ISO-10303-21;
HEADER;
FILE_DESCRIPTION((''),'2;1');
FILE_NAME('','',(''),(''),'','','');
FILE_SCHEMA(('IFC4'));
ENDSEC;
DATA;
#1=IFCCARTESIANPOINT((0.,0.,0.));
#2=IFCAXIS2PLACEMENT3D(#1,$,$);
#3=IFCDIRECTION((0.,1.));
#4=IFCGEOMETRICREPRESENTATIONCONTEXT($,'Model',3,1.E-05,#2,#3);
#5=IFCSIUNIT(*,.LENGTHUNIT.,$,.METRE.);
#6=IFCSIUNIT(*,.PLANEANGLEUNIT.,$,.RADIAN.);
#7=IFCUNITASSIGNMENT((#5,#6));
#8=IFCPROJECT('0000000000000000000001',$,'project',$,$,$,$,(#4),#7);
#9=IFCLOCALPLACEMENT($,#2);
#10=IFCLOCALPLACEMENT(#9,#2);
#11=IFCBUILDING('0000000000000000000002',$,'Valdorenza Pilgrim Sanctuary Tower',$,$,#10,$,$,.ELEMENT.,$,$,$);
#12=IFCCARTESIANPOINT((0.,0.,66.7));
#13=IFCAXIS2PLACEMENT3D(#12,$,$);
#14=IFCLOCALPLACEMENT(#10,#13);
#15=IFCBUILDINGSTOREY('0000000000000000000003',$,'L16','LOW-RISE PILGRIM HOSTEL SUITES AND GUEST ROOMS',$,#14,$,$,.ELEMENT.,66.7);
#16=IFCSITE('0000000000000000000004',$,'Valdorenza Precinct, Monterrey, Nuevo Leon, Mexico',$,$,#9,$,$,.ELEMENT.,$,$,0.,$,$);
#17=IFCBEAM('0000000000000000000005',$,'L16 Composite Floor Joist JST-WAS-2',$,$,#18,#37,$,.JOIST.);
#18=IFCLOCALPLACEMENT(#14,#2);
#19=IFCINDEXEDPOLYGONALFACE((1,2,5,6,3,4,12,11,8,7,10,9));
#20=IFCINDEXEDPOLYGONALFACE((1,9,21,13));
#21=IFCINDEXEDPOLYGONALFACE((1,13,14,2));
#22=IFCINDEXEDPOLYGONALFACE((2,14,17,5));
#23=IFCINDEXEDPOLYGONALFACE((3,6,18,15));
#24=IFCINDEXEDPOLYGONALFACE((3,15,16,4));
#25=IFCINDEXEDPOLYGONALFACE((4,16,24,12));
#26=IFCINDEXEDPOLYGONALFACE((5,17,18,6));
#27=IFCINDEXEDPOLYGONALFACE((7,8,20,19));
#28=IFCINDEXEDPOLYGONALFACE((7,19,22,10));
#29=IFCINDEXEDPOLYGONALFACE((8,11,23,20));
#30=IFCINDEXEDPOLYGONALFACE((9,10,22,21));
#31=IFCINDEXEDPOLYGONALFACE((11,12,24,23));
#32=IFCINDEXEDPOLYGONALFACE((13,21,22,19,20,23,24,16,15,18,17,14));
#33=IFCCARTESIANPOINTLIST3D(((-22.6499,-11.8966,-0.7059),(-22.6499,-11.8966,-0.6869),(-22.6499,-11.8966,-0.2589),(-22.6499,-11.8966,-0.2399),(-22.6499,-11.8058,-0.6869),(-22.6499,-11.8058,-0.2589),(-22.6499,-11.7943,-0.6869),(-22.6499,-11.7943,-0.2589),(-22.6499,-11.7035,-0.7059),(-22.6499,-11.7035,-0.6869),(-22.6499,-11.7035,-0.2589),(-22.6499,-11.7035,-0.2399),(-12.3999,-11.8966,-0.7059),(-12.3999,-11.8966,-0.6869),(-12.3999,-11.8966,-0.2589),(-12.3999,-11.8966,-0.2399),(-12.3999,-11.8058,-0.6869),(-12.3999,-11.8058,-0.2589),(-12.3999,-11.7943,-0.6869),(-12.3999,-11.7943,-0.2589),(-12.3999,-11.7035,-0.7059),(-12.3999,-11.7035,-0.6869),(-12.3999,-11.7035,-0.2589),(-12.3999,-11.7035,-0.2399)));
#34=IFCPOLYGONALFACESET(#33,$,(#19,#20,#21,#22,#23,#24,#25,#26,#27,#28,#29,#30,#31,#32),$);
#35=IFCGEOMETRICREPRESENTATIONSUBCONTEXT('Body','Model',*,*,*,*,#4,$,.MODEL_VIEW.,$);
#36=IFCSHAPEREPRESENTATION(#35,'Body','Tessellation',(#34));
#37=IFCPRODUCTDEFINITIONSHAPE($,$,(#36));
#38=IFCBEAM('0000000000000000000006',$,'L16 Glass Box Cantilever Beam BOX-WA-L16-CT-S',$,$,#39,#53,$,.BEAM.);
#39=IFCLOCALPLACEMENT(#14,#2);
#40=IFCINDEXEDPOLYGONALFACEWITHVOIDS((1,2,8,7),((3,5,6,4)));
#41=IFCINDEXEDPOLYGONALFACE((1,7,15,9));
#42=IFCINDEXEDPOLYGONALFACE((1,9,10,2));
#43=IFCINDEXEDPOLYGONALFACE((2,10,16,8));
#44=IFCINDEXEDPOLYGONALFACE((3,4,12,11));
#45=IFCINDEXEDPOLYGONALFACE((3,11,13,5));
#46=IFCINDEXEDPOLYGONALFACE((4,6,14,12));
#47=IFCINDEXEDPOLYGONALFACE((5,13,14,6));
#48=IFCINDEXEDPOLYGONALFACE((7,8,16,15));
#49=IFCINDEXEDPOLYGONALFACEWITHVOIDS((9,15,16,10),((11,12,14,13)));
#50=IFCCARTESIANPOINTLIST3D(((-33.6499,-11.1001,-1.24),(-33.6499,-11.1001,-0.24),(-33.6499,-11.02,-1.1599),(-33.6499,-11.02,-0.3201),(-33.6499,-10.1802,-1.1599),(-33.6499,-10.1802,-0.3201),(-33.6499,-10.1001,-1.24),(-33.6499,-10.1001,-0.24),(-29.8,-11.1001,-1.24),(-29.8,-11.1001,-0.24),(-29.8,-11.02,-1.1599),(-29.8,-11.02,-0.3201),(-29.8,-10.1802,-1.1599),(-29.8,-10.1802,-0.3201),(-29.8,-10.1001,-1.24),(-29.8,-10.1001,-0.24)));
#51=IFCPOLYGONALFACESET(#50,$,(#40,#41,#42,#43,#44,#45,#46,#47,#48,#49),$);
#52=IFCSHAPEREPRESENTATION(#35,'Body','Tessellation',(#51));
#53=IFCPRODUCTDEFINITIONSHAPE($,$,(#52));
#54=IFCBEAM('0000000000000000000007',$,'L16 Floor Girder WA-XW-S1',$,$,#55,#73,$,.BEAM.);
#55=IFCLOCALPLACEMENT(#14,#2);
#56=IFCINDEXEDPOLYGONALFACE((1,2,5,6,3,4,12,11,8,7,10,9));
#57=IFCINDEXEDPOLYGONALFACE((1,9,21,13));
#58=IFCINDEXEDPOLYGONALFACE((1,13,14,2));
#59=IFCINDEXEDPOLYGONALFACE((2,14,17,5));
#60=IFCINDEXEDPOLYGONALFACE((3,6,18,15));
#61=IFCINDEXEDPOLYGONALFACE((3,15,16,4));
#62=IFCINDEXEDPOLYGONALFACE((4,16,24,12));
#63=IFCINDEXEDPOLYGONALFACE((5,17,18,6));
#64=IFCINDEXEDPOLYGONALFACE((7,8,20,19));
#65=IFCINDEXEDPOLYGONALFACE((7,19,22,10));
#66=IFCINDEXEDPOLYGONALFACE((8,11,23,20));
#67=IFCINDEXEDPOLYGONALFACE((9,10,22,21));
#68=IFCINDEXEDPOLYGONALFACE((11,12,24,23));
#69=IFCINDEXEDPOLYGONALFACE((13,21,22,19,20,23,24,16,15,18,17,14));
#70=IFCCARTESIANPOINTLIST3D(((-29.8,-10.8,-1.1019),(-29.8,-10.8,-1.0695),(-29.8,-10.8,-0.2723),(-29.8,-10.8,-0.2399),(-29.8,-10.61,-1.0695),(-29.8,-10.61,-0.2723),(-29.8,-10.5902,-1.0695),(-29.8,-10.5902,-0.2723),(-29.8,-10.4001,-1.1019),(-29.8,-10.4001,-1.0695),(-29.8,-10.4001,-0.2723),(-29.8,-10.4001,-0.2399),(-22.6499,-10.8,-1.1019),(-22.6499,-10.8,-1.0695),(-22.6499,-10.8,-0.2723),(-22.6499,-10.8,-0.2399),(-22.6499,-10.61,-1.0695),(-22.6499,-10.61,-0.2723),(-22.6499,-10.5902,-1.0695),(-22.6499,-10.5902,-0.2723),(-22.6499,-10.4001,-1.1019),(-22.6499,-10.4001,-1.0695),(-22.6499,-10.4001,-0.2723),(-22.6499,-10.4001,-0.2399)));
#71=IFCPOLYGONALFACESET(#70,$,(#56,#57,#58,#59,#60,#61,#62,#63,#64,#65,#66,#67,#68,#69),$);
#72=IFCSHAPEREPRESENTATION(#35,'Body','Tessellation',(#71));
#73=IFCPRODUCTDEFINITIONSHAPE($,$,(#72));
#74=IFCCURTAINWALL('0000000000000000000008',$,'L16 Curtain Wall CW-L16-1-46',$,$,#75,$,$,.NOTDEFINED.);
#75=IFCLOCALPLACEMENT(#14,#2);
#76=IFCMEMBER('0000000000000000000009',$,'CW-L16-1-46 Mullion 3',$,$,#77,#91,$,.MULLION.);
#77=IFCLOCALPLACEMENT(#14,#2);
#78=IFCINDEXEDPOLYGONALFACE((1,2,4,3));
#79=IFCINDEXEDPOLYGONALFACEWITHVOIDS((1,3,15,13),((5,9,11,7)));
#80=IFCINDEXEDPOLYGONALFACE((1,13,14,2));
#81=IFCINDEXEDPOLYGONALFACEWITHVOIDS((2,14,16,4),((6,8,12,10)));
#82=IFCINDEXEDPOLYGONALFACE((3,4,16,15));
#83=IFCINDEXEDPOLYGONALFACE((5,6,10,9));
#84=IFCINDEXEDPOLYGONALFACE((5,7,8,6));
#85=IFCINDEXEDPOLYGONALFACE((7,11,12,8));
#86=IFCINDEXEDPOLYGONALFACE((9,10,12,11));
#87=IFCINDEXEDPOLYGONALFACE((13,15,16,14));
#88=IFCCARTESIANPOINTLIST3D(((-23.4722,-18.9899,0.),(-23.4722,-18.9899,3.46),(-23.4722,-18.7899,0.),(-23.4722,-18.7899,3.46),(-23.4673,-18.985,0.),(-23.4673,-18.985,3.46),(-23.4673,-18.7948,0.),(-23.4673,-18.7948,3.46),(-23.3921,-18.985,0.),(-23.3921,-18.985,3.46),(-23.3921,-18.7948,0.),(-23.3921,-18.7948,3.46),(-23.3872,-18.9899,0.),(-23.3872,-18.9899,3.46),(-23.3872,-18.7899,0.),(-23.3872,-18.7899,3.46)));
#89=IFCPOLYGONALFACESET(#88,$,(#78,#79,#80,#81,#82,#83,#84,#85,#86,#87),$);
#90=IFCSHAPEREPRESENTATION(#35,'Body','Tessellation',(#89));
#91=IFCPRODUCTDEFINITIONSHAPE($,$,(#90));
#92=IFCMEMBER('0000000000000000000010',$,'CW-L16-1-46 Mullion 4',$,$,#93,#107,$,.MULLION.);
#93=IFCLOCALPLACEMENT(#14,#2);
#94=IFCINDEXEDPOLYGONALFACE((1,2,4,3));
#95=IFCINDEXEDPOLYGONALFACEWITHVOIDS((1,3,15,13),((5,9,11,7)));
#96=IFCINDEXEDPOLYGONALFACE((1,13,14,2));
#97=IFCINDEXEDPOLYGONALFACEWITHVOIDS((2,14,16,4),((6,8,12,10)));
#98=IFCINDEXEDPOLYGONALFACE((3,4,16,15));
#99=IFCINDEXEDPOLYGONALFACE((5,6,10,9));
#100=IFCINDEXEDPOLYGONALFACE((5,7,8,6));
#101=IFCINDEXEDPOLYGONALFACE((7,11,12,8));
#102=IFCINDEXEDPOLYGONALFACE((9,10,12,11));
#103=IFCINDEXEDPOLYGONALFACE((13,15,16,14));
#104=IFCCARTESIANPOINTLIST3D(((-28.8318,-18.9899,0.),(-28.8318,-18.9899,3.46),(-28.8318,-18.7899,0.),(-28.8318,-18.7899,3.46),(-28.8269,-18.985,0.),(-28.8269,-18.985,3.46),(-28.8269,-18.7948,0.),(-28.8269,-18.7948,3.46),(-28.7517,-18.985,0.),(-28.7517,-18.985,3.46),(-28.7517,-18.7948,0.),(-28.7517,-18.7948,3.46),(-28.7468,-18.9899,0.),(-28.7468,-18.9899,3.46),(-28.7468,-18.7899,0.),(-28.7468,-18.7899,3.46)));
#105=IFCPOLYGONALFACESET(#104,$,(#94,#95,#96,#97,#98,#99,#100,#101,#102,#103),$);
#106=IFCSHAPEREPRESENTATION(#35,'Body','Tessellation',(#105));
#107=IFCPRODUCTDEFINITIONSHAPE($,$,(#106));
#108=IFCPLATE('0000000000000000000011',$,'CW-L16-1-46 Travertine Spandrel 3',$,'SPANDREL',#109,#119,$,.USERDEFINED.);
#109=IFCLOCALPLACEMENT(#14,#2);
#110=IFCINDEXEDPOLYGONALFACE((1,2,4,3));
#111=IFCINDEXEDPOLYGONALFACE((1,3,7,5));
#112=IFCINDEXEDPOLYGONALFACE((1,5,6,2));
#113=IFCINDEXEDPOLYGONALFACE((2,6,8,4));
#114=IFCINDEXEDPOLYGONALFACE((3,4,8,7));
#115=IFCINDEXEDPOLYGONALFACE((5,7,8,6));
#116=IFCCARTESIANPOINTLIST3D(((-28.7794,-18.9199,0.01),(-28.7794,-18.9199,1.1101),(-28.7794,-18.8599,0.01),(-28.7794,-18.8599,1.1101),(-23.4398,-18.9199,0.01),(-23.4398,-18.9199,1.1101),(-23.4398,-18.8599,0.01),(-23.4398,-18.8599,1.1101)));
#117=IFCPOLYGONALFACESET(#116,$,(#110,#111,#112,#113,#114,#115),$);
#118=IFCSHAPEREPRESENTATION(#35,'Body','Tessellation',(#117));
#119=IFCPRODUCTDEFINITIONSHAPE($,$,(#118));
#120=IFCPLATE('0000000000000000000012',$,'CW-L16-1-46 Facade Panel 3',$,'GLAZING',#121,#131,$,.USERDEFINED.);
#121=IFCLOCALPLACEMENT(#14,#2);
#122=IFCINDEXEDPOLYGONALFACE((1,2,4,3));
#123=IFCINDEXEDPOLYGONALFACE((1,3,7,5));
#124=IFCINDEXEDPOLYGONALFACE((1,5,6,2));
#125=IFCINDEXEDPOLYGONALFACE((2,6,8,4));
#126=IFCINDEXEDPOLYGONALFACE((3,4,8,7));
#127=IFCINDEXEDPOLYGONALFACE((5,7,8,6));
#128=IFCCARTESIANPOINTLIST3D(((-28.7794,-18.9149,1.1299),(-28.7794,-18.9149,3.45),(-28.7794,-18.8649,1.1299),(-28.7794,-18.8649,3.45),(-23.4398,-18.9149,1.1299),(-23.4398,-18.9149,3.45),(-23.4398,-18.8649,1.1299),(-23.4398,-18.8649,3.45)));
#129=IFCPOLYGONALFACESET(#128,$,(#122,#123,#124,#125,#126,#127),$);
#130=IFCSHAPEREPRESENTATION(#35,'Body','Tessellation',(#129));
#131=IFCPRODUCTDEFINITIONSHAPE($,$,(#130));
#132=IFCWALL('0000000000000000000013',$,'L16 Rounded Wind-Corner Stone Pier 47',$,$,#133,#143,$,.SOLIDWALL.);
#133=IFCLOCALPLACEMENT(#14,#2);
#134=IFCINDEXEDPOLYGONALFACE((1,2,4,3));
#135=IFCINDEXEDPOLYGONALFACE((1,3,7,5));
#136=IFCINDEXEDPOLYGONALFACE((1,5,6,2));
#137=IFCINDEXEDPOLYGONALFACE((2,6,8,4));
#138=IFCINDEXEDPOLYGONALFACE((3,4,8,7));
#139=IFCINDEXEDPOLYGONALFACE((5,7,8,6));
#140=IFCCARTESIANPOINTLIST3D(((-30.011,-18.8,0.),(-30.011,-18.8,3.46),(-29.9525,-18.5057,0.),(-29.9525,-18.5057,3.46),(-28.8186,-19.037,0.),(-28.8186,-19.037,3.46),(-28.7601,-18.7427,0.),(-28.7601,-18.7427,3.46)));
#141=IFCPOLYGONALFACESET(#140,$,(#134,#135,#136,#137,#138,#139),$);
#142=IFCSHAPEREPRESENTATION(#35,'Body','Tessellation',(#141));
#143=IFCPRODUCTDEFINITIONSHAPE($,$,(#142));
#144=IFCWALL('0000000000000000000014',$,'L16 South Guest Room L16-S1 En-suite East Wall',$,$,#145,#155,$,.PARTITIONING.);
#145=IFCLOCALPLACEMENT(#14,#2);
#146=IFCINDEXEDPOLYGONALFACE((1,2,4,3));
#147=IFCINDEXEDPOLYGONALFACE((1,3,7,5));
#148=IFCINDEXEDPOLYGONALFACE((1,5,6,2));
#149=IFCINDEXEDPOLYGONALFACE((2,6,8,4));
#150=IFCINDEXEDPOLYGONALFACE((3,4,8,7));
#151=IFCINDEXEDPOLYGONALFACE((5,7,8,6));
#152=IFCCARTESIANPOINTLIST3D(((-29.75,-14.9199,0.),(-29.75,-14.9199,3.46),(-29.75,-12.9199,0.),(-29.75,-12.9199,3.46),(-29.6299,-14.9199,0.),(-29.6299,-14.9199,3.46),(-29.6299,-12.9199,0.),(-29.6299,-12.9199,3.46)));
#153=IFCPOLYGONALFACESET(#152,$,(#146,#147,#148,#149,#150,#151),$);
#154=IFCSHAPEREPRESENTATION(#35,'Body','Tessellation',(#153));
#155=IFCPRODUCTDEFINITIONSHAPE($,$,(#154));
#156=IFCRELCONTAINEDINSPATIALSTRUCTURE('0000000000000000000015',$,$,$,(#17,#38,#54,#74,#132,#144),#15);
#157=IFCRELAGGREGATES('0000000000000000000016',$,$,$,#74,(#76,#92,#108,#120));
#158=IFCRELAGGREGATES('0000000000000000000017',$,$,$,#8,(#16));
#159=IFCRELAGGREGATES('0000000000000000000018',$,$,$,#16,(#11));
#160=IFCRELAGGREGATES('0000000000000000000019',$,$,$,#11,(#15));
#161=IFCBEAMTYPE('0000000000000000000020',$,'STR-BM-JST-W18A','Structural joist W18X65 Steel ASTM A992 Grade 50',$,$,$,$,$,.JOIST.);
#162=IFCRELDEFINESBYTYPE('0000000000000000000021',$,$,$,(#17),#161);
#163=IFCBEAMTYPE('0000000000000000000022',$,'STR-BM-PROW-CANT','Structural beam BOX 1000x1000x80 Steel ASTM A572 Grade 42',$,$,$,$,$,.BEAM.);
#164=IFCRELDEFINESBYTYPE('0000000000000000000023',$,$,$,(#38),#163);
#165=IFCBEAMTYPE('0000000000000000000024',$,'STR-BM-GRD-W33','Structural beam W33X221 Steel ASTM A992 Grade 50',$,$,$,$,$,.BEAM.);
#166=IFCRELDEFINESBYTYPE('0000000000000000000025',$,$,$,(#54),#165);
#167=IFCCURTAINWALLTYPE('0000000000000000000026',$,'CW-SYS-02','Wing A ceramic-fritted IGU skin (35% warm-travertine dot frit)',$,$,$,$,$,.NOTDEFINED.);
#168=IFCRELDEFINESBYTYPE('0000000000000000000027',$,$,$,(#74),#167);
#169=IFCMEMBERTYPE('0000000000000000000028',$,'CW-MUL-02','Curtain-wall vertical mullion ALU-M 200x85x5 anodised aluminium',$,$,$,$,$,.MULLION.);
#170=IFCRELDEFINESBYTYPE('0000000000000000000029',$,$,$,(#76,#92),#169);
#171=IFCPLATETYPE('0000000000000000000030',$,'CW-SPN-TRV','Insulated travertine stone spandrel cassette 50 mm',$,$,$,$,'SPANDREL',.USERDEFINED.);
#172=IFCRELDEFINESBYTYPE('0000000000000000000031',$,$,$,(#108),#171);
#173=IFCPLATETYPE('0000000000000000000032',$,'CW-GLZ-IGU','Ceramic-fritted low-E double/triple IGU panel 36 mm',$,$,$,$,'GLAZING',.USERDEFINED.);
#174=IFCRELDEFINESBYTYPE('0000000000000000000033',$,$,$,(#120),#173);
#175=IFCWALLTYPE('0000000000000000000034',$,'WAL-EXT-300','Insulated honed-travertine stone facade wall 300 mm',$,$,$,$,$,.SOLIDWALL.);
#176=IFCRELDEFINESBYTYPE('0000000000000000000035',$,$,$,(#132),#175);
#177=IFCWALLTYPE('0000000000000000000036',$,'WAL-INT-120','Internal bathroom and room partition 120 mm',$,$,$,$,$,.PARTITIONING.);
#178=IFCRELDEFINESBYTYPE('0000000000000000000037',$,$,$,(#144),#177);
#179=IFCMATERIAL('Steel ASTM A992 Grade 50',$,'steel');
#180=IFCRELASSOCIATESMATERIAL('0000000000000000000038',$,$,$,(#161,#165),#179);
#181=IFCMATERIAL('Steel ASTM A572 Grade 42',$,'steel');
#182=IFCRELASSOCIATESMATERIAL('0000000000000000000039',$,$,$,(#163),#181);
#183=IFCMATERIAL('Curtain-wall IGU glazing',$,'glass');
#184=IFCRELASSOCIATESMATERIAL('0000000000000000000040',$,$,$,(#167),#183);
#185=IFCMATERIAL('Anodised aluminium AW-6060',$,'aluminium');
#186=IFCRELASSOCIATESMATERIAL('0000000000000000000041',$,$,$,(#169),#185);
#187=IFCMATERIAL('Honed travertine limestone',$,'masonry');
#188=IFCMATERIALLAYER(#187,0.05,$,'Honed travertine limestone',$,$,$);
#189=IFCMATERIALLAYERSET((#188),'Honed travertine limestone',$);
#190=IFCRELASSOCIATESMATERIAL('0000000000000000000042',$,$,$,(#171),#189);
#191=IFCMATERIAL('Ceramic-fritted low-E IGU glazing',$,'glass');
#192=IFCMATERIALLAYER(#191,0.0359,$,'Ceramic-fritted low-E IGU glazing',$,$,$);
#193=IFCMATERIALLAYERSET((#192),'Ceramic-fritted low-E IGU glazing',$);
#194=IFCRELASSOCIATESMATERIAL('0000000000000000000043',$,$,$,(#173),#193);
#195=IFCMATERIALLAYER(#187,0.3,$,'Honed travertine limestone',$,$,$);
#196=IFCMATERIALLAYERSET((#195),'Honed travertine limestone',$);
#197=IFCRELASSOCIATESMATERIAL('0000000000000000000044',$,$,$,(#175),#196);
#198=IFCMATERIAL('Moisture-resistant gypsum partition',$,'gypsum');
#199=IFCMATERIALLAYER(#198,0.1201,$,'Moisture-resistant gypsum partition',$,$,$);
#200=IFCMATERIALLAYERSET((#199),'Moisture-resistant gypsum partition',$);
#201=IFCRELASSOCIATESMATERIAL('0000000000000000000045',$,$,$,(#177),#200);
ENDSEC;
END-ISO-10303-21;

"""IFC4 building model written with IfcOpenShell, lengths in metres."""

from ifc_helpers import new_model, si_unit, direction, frame, frame_2d, origin, origin_2d, place, context, subcontext, project, spatial, rectangle, hollow_rectangle, i_section, extrude, source, transform, mapped, material, layer, layer_set, material_profile, profile_set, type_object, element, aggregate, save


model = new_model("IFC4")

# Units and contexts
model_context = context("Model", 3, precision=1e-05, world=origin(), true_north=direction((0.0, 1.0)))
body_context = subcontext(model_context, "Body", "Model", "MODEL_VIEW")
ifc_project = project(units=[si_unit("LENGTHUNIT", "METRE"), si_unit("PLANEANGLEUNIT", "RADIAN")], contexts=[model_context])

# Site, building, storey
site_placement = place(None, origin())
site = spatial("IfcSite", under=ifc_project, at=site_placement, Name="Valdorenza Precinct, Monterrey, Nuevo Leon, Mexico", CompositionType="ELEMENT", RefElevation=0.0)
building_placement = place(site_placement, origin())
building = spatial("IfcBuilding", under=site, at=building_placement, Name="Valdorenza Pilgrim Sanctuary Tower", CompositionType="ELEMENT")
storey_placement = place(building_placement, frame((0.0, 0.0, 66.7)))
storey = spatial("IfcBuildingStorey", under=building, at=storey_placement, Name="L16", Description="LOW-RISE PILGRIM HOSTEL SUITES AND GUEST ROOMS", CompositionType="ELEMENT", Elevation=66.7)

# Shared definitions
ifc_material_1 = material(Name="Steel ASTM A992 Grade 50", Category="steel")

# Beams
ifc_material_profile_1 = material_profile(ifc_material_1, i_section(OverallWidth=0.1931, OverallDepth=0.4661, WebThickness=0.0115, FlangeThickness=0.019, at=origin_2d()), Name="W18X65")
ifc_profile_set_1 = profile_set([ifc_material_profile_1], Name="Steel ASTM A992 Grade 50")
beam_type_1 = type_object("IfcBeamType", Name="STR-BM-JST-W18A", Description="Structural joist W18X65 Steel ASTM A992 Grade 50", PredefinedType="JOIST", material=ifc_profile_set_1)
shared_shape_1 = source(origin(), body_context, "Body", "SweptSolid", [
    extrude(i_section(OverallWidth=0.1931, OverallDepth=0.4661, WebThickness=0.0115, FlangeThickness=0.019, at=origin_2d()), origin(), (0.0, 0.0, 1.0), 10.25),
])
for number, where, z_axis, x_axis, name in (
    (1, (-22.6499, -11.8, -0.4729), (1.0, 0.0, 0.0), (0.0, 1.0, 0.0), "L16 Composite Floor Joist JST-WAS-2"),
):
    element("IfcBeam", number, at=place(storey_placement, frame(where, z_axis=z_axis, x_axis=x_axis)), inside=storey, type_object=beam_type_1, Name=name, PredefinedType="JOIST", context=body_context, shape_type="MappedRepresentation", body=[
        mapped(shared_shape_1, transform((0.0, 0.0, 0.0), x_axis=(1.0, 0.0, 0.0), y_axis=(0.0, 1.0, 0.0), z_axis=(0.0, 0.0, 1.0), scale=1.0)),
    ])
ifc_material_2 = material(Name="Steel ASTM A572 Grade 42", Category="steel")
ifc_material_profile_2 = material_profile(ifc_material_2, hollow_rectangle(XDim=1.0, YDim=1.0, WallThickness=0.0801, at=origin_2d()), Name="BOX 1000x1000x80")
ifc_profile_set_2 = profile_set([ifc_material_profile_2], Name="Steel ASTM A572 Grade 42")
beam_type_2 = type_object("IfcBeamType", Name="STR-BM-PROW-CANT", Description="Structural beam BOX 1000x1000x80 Steel ASTM A572 Grade 42", PredefinedType="BEAM", material=ifc_profile_set_2)
shared_shape_2 = source(origin(), body_context, "Body", "SweptSolid", [
    extrude(hollow_rectangle(XDim=1.0, YDim=1.0, WallThickness=0.0801, at=origin_2d()), origin(), (0.0, 0.0, 1.0), 3.8499),
])
beam_1_placement = place(storey_placement, frame((-29.8, -10.6001, -0.74), z_axis=(-1.0, 0.0, 0.0), x_axis=(0.0, -1.0, 0.0)))
element("IfcBeam", 2, at=beam_1_placement, inside=storey, type_object=beam_type_2, Name="L16 Glass Box Cantilever Beam BOX-WA-L16-CT-S", PredefinedType="BEAM", context=body_context, shape_type="MappedRepresentation", body=[
    mapped(shared_shape_2, transform((0.0, 0.0, 0.0), x_axis=(1.0, 0.0, 0.0), y_axis=(0.0, 1.0, 0.0), z_axis=(0.0, 0.0, 1.0), scale=1.0)),
])
ifc_material_profile_3 = material_profile(ifc_material_1, i_section(OverallWidth=0.3999, OverallDepth=0.8621, WebThickness=0.0198, FlangeThickness=0.0325, at=origin_2d()), Name="W33X221")
ifc_profile_set_3 = profile_set([ifc_material_profile_3], Name="Steel ASTM A992 Grade 50")
beam_type_3 = type_object("IfcBeamType", Name="STR-BM-GRD-W33", Description="Structural beam W33X221 Steel ASTM A992 Grade 50", PredefinedType="BEAM", material=ifc_profile_set_3)
shared_shape_3 = source(origin(), body_context, "Body", "SweptSolid", [
    extrude(i_section(OverallWidth=0.3999, OverallDepth=0.8621, WebThickness=0.0198, FlangeThickness=0.0325, at=origin_2d()), origin(), (0.0, 0.0, 1.0), 7.1501),
])
beam_2_placement = place(storey_placement, frame((-29.8, -10.6001, -0.6709), z_axis=(1.0, 0.0, 0.0), x_axis=(0.0, 1.0, 0.0)))
element("IfcBeam", 3, at=beam_2_placement, inside=storey, type_object=beam_type_3, Name="L16 Floor Girder WA-XW-S1", PredefinedType="BEAM", context=body_context, shape_type="MappedRepresentation", body=[
    mapped(shared_shape_3, transform((0.0, 0.0, 0.0), x_axis=(1.0, 0.0, 0.0), y_axis=(0.0, 1.0, 0.0), z_axis=(0.0, 0.0, 1.0), scale=1.0)),
])

# Curtain wall, members, plates
ifc_material_3 = material(Name="Curtain-wall IGU glazing", Category="glass")
curtain_wall_type = type_object("IfcCurtainWallType", Name="CW-SYS-02", Description="Wing A ceramic-fritted IGU skin (35% warm-travertine dot frit)", PredefinedType="NOTDEFINED", material=ifc_material_3)
curtain_wall_placement = place(storey_placement, origin())
curtain_wall = element("IfcCurtainWall", 4, at=curtain_wall_placement, inside=storey, type_object=curtain_wall_type, Name="L16 Curtain Wall CW-L16-1-46", PredefinedType="NOTDEFINED")
ifc_material_4 = material(Name="Anodised aluminium AW-6060", Category="aluminium")
ifc_material_profile_4 = material_profile(ifc_material_4, hollow_rectangle(XDim=0.085, YDim=0.2, WallThickness=0.0049, at=origin_2d()), Name="ALU-M 200x85x5")
ifc_profile_set_4 = profile_set([ifc_material_profile_4], Name="Anodised aluminium AW-6060")
member_type = type_object("IfcMemberType", Name="CW-MUL-02", Description="Curtain-wall vertical mullion ALU-M 200x85x5 anodised aluminium", PredefinedType="MULLION", material=ifc_profile_set_4)
shared_shape_4 = source(origin(), body_context, "Body", "SweptSolid", [
    extrude(hollow_rectangle(XDim=0.085, YDim=0.2, WallThickness=0.0049, at=origin_2d()), origin(), (0.0, 0.0, 1.0), 3.46),
])
member_1_placement = place(storey_placement, frame((-23.4297, -18.8899, 0.0), z_axis=(0.0, 0.0, 1.0), x_axis=(-1.0, 0.0, 0.0)))
member_1 = element("IfcMember", 5, at=member_1_placement, type_object=member_type, Name="CW-L16-1-46 Mullion 3", PredefinedType="MULLION", context=body_context, shape_type="MappedRepresentation", body=[
    mapped(shared_shape_4, transform((0.0, 0.0, 0.0), x_axis=(1.0, 0.0, 0.0), y_axis=(0.0, 1.0, 0.0), z_axis=(0.0, 0.0, 1.0), scale=1.0)),
])
member_2_placement = place(storey_placement, frame((-28.7893, -18.8899, 0.0), z_axis=(0.0, 0.0, 1.0), x_axis=(-1.0, 0.0, 0.0)))
member_2 = element("IfcMember", 6, at=member_2_placement, type_object=member_type, Name="CW-L16-1-46 Mullion 4", PredefinedType="MULLION", context=body_context, shape_type="MappedRepresentation", body=[
    mapped(shared_shape_4, transform((0.0, 0.0, 0.0), x_axis=(1.0, 0.0, 0.0), y_axis=(0.0, 1.0, 0.0), z_axis=(0.0, 0.0, 1.0), scale=1.0)),
])
ifc_material_5 = material(Name="Honed travertine limestone", Category="masonry")
ifc_layer_1 = layer(ifc_material_5, 0.05, Name="Honed travertine limestone")
ifc_layer_set_1 = layer_set([ifc_layer_1], Name="Honed travertine limestone")
plate_type_1 = type_object("IfcPlateType", Name="CW-SPN-TRV", Description="Insulated travertine stone spandrel cassette 50 mm", ElementType="SPANDREL", PredefinedType="USERDEFINED", material=ifc_layer_set_1)
shared_shape_5 = source(origin(), body_context, "Body", "SweptSolid", [
    extrude(rectangle(XDim=5.3396, YDim=0.0601, at=origin_2d()), origin(), (0.0, 0.0, 1.0), 1.1001),
])
plate_1_placement = place(storey_placement, frame((-26.1096, -18.8899, 0.01), z_axis=(0.0, 0.0, 1.0), x_axis=(-1.0, 0.0, 0.0)))
plate_1 = element("IfcPlate", 7, at=plate_1_placement, type_object=plate_type_1, Name="CW-L16-1-46 Travertine Spandrel 3", ObjectType="SPANDREL", PredefinedType="USERDEFINED", context=body_context, shape_type="MappedRepresentation", body=[
    mapped(shared_shape_5, transform((0.0, 0.0, 0.0), x_axis=(1.0, 0.0, 0.0), y_axis=(0.0, 1.0, 0.0), z_axis=(0.0, 0.0, 1.0), scale=1.0)),
])
ifc_material_6 = material(Name="Ceramic-fritted low-E IGU glazing", Category="glass")
ifc_layer_2 = layer(ifc_material_6, 0.0359, Name="Ceramic-fritted low-E IGU glazing")
ifc_layer_set_2 = layer_set([ifc_layer_2], Name="Ceramic-fritted low-E IGU glazing")
plate_type_2 = type_object("IfcPlateType", Name="CW-GLZ-IGU", Description="Ceramic-fritted low-E double/triple IGU panel 36 mm", ElementType="GLAZING", PredefinedType="USERDEFINED", material=ifc_layer_set_2)
shared_shape_6 = source(origin(), body_context, "Body", "SweptSolid", [
    extrude(rectangle(XDim=5.3396, YDim=0.05, at=origin_2d()), origin(), (0.0, 0.0, 1.0), 2.3201),
])
plate_2_placement = place(storey_placement, frame((-26.1096, -18.8899, 1.1299), z_axis=(0.0, 0.0, 1.0), x_axis=(-1.0, 0.0, 0.0)))
plate_2 = element("IfcPlate", 8, at=plate_2_placement, type_object=plate_type_2, Name="CW-L16-1-46 Facade Panel 3", ObjectType="GLAZING", PredefinedType="USERDEFINED", context=body_context, shape_type="MappedRepresentation", body=[
    mapped(shared_shape_6, transform((0.0, 0.0, 0.0), x_axis=(1.0, 0.0, 0.0), y_axis=(0.0, 1.0, 0.0), z_axis=(0.0, 0.0, 1.0), scale=1.0)),
])
aggregate(curtain_wall, [member_1, member_2, plate_1, plate_2])

# Walls
ifc_layer_3 = layer(ifc_material_5, 0.3, Name="Honed travertine limestone")
ifc_layer_set_3 = layer_set([ifc_layer_3], Name="Honed travertine limestone")
wall_type_1 = type_object("IfcWallType", Name="WAL-EXT-300", Description="Insulated honed-travertine stone facade wall 300 mm", PredefinedType="SOLIDWALL", material=ifc_layer_set_3)
wall_1_placement = place(storey_placement, frame((-28.7893, -18.8899, 0.0), z_axis=(0.0, 0.0, 1.0), x_axis=(-0.980804, 0.194996, 0.0)))
element("IfcWall", 9, at=wall_1_placement, inside=storey, type_object=wall_type_1, Name="L16 Rounded Wind-Corner Stone Pier 47", PredefinedType="SOLIDWALL", context=body_context, shape_type="SweptSolid", body=[
    extrude(rectangle(XDim=1.2158, YDim=0.3, at=frame_2d((0.6079, 0.0))), origin(), (0.0, 0.0, 1.0), 3.46),
])
ifc_material_7 = material(Name="Moisture-resistant gypsum partition", Category="gypsum")
ifc_layer_4 = layer(ifc_material_7, 0.1201, Name="Moisture-resistant gypsum partition")
ifc_layer_set_4 = layer_set([ifc_layer_4], Name="Moisture-resistant gypsum partition")
wall_type_2 = type_object("IfcWallType", Name="WAL-INT-120", Description="Internal bathroom and room partition 120 mm", PredefinedType="PARTITIONING", material=ifc_layer_set_4)
wall_2_placement = place(storey_placement, frame((-29.6899, -14.9199, 0.0), z_axis=(0.0, 0.0, 1.0), x_axis=(0.0, 1.0, 0.0)))
element("IfcWall", 10, at=wall_2_placement, inside=storey, type_object=wall_type_2, Name="L16 South Guest Room L16-S1 En-suite East Wall", PredefinedType="PARTITIONING", context=body_context, shape_type="SweptSolid", body=[
    extrude(rectangle(XDim=2.0, YDim=0.1201, at=frame_2d((1.0, 0.0))), origin(), (0.0, 0.0, 1.0), 3.46),
])

save(model, "model.ifc")
